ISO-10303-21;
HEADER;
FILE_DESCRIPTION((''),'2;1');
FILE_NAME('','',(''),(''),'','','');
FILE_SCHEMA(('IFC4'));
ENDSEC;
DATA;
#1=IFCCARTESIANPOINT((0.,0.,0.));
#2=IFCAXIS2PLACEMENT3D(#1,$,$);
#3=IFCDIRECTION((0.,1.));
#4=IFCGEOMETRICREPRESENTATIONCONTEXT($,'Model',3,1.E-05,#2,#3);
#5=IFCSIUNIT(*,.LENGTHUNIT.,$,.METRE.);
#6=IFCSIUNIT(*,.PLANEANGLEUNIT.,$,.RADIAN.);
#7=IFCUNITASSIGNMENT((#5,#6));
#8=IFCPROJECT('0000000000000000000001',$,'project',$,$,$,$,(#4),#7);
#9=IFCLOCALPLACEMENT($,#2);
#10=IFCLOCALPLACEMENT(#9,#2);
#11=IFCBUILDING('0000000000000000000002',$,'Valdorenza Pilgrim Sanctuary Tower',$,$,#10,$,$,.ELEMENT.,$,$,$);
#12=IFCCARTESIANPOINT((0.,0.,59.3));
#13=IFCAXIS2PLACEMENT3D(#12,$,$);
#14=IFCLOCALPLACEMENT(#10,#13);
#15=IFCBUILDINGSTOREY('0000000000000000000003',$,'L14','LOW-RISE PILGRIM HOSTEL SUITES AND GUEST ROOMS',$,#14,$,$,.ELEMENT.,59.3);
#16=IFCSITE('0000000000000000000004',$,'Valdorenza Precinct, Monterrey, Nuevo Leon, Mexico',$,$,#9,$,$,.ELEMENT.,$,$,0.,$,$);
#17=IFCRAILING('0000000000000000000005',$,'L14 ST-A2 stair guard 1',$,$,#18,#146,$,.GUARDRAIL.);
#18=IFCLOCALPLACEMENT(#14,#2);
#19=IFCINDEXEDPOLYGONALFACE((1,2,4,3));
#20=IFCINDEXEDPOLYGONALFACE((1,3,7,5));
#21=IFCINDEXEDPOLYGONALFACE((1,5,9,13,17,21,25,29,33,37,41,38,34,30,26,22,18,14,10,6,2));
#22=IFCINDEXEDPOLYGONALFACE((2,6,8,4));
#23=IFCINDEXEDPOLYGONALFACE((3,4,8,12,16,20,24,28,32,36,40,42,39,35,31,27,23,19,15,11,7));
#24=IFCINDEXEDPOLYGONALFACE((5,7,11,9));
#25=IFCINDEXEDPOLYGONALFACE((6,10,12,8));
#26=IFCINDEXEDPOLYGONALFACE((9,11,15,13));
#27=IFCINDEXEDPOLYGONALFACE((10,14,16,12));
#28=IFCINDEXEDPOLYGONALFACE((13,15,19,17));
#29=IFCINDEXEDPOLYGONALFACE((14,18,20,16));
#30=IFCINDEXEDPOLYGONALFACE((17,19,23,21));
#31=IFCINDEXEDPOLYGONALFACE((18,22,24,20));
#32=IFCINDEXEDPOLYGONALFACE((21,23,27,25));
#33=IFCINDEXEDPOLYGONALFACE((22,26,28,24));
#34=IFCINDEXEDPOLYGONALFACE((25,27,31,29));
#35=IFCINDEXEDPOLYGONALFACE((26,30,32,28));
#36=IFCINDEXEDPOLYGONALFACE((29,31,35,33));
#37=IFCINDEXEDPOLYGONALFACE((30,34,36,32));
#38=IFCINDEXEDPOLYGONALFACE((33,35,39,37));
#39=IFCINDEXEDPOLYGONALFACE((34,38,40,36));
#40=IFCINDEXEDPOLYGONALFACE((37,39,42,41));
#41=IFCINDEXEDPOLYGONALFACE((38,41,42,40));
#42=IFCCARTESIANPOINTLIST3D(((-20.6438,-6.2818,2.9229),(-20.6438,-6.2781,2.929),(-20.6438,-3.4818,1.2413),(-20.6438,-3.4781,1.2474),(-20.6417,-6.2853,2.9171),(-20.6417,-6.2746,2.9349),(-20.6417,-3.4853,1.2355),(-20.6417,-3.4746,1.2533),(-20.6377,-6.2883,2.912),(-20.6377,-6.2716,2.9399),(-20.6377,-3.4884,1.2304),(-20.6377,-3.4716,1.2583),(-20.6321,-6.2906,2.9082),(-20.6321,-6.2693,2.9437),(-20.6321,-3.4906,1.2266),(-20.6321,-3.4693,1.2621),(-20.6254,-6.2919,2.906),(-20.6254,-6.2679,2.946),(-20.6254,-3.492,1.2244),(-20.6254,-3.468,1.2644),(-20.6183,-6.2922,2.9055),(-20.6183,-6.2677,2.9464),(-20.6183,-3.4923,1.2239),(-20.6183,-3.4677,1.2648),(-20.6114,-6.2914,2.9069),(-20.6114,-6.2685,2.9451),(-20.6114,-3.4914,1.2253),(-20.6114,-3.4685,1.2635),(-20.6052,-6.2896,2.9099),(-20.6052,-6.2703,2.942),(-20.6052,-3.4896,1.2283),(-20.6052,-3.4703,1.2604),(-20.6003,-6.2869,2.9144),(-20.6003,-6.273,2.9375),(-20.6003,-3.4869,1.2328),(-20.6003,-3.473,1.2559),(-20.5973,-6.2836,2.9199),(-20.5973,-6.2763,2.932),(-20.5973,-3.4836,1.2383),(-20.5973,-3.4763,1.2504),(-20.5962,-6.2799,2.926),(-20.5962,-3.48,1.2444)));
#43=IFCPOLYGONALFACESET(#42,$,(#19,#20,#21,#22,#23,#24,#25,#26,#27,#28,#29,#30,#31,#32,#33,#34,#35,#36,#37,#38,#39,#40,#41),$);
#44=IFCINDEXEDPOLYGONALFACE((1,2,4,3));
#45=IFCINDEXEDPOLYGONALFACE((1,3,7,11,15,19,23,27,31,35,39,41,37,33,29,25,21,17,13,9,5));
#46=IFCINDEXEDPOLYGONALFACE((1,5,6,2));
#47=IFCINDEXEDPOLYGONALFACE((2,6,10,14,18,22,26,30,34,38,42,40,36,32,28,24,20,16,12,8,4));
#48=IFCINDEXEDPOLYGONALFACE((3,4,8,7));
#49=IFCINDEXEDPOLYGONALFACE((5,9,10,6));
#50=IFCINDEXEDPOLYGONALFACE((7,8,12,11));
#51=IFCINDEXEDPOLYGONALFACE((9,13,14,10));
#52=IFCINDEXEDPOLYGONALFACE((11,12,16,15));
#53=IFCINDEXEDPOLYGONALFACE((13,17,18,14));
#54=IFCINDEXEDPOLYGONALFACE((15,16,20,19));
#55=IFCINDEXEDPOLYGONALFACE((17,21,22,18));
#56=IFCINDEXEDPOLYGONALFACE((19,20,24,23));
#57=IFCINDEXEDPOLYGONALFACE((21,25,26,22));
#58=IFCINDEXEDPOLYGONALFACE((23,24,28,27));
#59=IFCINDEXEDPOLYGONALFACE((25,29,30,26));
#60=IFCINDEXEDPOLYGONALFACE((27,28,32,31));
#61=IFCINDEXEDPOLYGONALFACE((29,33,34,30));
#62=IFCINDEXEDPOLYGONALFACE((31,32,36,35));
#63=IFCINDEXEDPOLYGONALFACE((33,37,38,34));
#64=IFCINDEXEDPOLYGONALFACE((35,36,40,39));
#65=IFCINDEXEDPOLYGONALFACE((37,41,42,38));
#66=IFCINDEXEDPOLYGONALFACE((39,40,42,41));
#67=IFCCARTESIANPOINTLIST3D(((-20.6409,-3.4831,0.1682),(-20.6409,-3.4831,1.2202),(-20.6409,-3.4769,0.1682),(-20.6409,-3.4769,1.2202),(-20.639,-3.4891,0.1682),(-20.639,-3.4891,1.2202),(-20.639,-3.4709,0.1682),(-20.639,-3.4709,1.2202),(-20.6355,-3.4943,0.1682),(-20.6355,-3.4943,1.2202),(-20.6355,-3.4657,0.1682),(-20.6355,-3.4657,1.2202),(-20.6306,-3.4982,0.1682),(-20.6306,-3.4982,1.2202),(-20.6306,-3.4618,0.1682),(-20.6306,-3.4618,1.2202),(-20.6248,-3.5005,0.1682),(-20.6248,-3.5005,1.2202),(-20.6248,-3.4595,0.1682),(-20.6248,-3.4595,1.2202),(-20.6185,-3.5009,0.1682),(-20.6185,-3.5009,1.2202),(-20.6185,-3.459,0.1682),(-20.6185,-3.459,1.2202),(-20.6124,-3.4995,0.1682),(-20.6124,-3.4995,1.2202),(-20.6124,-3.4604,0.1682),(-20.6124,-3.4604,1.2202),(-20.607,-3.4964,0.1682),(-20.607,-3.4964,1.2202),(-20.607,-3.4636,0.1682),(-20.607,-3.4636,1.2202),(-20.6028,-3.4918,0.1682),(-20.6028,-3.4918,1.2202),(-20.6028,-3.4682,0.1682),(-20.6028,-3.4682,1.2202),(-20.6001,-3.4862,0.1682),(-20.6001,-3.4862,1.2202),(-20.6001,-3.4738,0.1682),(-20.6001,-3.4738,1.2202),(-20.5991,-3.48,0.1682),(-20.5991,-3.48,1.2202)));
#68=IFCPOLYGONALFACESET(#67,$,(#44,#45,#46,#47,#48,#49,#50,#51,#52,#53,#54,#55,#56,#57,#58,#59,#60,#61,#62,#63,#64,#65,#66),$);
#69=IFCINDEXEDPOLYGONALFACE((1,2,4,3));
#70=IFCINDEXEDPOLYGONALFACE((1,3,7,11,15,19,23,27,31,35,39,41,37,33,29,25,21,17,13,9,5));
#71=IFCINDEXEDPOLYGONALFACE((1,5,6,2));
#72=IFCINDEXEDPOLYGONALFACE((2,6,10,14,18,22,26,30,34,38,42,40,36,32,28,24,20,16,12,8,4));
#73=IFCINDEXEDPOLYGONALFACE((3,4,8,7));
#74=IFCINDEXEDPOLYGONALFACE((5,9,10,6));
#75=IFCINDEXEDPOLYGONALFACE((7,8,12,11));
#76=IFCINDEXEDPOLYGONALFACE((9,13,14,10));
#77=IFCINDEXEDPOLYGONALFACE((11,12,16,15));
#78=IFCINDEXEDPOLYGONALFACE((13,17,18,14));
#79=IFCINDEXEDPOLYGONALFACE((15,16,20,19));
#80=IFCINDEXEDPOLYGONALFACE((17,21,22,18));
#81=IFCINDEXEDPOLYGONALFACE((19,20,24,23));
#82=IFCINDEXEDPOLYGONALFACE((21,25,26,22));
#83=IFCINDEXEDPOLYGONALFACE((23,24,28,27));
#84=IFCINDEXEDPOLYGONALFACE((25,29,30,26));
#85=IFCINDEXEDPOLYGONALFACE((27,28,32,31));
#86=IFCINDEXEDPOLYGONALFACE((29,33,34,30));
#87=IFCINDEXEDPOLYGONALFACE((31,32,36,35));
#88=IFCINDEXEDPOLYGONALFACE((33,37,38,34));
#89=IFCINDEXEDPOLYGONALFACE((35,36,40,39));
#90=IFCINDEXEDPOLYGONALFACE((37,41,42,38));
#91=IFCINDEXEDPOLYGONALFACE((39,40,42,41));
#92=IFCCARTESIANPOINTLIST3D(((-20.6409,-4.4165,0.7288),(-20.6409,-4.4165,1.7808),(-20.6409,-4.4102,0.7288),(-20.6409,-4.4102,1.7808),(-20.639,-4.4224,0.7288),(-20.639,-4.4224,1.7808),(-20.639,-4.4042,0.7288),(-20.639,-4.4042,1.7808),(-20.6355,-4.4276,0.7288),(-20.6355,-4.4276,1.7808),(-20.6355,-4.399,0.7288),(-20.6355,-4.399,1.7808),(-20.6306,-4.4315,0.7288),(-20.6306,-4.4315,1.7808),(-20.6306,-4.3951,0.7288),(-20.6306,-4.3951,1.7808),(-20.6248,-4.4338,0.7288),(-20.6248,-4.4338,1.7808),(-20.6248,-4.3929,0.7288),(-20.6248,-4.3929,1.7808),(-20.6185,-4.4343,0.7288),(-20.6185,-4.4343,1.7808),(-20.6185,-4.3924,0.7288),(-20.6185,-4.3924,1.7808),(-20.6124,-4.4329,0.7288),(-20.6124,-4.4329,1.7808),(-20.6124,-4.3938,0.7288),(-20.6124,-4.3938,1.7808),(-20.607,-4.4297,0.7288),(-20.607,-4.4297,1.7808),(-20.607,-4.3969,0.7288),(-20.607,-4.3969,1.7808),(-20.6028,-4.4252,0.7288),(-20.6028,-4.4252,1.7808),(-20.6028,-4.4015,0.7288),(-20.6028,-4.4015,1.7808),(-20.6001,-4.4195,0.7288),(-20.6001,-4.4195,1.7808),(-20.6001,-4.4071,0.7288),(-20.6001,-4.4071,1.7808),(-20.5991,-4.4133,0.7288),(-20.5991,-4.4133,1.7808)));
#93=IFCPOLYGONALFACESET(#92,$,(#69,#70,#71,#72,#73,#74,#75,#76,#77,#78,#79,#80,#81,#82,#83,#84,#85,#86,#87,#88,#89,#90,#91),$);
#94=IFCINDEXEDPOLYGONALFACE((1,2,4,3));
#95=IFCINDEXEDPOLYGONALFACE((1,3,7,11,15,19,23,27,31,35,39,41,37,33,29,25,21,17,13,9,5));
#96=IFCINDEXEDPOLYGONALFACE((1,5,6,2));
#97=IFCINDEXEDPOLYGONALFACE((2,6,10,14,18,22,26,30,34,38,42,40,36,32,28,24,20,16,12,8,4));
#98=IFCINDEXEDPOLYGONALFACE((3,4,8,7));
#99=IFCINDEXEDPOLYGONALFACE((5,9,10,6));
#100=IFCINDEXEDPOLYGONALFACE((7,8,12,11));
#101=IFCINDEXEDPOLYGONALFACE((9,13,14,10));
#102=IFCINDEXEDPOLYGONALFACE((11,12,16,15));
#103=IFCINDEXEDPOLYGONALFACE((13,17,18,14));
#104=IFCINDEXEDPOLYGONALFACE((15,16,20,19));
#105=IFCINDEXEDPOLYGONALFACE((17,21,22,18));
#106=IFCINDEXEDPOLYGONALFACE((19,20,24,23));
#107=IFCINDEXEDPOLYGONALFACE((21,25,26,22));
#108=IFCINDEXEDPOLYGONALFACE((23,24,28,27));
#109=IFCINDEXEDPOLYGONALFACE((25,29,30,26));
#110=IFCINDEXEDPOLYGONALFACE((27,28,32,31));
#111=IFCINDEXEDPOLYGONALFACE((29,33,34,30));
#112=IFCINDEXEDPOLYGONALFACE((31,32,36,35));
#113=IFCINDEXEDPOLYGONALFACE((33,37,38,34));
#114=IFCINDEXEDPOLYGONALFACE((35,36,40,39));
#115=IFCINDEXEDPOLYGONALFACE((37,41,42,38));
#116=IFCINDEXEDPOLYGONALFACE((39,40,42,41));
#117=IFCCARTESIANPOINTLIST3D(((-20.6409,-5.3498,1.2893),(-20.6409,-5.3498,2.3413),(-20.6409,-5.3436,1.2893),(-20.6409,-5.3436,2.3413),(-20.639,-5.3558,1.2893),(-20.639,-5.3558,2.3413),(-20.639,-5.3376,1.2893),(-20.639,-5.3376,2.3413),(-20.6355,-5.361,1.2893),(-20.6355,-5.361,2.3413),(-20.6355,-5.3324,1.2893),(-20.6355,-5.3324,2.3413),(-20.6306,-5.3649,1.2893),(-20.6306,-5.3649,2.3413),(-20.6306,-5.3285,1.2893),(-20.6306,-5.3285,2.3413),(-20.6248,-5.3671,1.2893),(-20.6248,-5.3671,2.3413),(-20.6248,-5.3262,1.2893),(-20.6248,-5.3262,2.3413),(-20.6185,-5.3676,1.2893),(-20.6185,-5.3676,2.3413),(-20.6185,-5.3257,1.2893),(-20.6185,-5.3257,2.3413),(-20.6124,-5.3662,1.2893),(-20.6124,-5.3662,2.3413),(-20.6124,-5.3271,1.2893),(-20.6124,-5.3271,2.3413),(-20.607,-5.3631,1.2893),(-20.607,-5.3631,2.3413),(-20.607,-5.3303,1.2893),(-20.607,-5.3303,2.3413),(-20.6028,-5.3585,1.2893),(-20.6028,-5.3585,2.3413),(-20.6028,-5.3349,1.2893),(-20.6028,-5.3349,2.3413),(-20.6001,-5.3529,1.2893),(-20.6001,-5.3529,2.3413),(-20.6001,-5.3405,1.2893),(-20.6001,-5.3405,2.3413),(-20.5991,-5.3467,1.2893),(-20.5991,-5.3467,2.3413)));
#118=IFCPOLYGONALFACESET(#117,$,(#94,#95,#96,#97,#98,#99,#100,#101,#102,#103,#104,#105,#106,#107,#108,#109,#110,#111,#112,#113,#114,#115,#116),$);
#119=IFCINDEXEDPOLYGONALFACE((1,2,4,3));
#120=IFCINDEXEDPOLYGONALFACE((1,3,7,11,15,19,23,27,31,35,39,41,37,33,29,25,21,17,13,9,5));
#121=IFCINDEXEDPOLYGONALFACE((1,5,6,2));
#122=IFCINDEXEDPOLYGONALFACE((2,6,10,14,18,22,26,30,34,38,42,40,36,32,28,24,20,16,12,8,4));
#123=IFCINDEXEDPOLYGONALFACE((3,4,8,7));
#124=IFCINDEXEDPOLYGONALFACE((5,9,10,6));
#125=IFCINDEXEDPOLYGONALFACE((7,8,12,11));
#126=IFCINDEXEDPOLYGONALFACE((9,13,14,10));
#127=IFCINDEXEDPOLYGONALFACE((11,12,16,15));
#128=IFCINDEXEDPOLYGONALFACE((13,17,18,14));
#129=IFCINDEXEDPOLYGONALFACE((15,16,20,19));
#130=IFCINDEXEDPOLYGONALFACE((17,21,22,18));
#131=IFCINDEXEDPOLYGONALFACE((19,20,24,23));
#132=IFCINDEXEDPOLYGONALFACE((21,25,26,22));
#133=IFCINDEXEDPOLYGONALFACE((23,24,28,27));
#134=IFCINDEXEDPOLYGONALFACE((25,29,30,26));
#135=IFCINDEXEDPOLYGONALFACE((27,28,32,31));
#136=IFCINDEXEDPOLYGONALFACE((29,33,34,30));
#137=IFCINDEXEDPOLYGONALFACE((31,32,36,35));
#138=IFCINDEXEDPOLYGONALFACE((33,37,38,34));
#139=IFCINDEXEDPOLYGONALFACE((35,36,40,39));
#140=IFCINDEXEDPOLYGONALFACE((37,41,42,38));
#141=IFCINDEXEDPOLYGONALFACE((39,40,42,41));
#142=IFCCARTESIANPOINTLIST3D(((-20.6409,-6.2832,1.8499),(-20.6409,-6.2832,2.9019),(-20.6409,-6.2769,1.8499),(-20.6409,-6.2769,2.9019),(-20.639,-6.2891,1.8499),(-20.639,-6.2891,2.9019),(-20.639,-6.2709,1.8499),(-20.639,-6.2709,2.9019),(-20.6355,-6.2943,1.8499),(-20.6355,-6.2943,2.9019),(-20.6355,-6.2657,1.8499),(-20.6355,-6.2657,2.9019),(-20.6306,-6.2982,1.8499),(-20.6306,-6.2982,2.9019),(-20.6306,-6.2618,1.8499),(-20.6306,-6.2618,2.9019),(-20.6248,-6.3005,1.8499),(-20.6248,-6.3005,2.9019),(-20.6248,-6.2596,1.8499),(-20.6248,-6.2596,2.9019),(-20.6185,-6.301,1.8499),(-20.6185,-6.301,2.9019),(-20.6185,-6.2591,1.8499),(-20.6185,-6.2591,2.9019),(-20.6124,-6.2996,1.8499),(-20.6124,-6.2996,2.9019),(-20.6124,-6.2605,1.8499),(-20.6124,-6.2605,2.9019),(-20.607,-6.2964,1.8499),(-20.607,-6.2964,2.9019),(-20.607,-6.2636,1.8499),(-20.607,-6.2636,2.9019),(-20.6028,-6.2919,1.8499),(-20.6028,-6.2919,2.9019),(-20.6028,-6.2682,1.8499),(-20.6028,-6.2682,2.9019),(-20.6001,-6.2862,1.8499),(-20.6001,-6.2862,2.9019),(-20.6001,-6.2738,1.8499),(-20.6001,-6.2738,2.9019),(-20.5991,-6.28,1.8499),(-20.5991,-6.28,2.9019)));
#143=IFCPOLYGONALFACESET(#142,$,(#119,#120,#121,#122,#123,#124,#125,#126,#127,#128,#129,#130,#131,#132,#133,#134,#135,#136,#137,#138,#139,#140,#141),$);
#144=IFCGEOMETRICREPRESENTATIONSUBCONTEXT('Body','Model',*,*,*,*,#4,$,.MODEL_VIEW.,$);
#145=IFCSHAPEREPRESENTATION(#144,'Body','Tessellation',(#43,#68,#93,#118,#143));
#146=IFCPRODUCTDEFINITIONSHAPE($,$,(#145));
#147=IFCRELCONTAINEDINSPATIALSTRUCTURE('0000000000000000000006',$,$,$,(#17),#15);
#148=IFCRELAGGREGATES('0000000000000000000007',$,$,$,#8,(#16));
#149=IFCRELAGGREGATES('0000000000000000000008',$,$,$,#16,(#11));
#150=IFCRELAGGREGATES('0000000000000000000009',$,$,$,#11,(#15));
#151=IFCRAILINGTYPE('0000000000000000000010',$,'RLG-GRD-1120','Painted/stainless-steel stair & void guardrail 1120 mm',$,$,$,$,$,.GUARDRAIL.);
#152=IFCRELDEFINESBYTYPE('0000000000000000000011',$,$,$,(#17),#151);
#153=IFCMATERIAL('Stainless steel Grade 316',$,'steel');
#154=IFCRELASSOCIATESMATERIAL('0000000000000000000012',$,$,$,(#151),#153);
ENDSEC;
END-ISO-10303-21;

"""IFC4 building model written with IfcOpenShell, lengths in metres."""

from ifc_helpers import new_model, si_unit, direction, frame, origin, origin_2d, place, context, subcontext, project, spatial, circle, extrude, material, type_object, element, save


model = new_model("IFC4")

# Units and contexts
model_context = context("Model", 3, precision=1e-05, world=origin(), true_north=direction((0.0, 1.0)))
body_context = subcontext(model_context, "Body", "Model", "MODEL_VIEW")
ifc_project = project(units=[si_unit("LENGTHUNIT", "METRE"), si_unit("PLANEANGLEUNIT", "RADIAN")], contexts=[model_context])

# Site, building, storey
site_placement = place(None, origin())
site = spatial("IfcSite", under=ifc_project, at=site_placement, Name="Valdorenza Precinct, Monterrey, Nuevo Leon, Mexico", CompositionType="ELEMENT", RefElevation=0.0)
building_placement = place(site_placement, origin())
building = spatial("IfcBuilding", under=site, at=building_placement, Name="Valdorenza Pilgrim Sanctuary Tower", CompositionType="ELEMENT")
storey_placement = place(building_placement, frame((0.0, 0.0, 59.3)))
storey = spatial("IfcBuildingStorey", under=building, at=storey_placement, Name="L14", Description="LOW-RISE PILGRIM HOSTEL SUITES AND GUEST ROOMS", CompositionType="ELEMENT", Elevation=59.3)

# Railing
ifc_material_1 = material(Name="Stainless steel Grade 316", Category="steel")
railing_type_1 = type_object("IfcRailingType", Name="RLG-GRD-1120", Description="Painted/stainless-steel stair & void guardrail 1120 mm", PredefinedType="GUARDRAIL", material=ifc_material_1)
railing_1_placement = place(storey_placement, frame((-20.6201, -3.48, 0.1682)))
element("IfcRailing", 1, at=railing_1_placement, inside=storey, type_object=railing_type_1, Name="L14 ST-A2 stair guard 1", PredefinedType="GUARDRAIL", context=body_context, shape_type="SweptSolid", body=[
    extrude(circle(Radius=0.0239, at=origin_2d()), frame((0.0, 0.0, 1.0762), z_axis=(0.0, -0.857275, 0.514858), x_axis=(1.0, 0.0, 0.0)), (0.0, 0.0, 1.0), 3.2661),
    extrude(circle(Radius=0.021, at=origin_2d()), origin(), (0.0, 0.0, 1.0), 1.052),
    extrude(circle(Radius=0.021, at=origin_2d()), frame((0.0, -0.9333, 0.5605)), (0.0, 0.0, 1.0), 1.052),
    extrude(circle(Radius=0.021, at=origin_2d()), frame((0.0, -1.8667, 1.1211)), (0.0, 0.0, 1.0), 1.052),
    extrude(circle(Radius=0.021, at=origin_2d()), frame((0.0, -2.8, 1.6816)), (0.0, 0.0, 1.0), 1.052),
])

save(model, "model.ifc")
